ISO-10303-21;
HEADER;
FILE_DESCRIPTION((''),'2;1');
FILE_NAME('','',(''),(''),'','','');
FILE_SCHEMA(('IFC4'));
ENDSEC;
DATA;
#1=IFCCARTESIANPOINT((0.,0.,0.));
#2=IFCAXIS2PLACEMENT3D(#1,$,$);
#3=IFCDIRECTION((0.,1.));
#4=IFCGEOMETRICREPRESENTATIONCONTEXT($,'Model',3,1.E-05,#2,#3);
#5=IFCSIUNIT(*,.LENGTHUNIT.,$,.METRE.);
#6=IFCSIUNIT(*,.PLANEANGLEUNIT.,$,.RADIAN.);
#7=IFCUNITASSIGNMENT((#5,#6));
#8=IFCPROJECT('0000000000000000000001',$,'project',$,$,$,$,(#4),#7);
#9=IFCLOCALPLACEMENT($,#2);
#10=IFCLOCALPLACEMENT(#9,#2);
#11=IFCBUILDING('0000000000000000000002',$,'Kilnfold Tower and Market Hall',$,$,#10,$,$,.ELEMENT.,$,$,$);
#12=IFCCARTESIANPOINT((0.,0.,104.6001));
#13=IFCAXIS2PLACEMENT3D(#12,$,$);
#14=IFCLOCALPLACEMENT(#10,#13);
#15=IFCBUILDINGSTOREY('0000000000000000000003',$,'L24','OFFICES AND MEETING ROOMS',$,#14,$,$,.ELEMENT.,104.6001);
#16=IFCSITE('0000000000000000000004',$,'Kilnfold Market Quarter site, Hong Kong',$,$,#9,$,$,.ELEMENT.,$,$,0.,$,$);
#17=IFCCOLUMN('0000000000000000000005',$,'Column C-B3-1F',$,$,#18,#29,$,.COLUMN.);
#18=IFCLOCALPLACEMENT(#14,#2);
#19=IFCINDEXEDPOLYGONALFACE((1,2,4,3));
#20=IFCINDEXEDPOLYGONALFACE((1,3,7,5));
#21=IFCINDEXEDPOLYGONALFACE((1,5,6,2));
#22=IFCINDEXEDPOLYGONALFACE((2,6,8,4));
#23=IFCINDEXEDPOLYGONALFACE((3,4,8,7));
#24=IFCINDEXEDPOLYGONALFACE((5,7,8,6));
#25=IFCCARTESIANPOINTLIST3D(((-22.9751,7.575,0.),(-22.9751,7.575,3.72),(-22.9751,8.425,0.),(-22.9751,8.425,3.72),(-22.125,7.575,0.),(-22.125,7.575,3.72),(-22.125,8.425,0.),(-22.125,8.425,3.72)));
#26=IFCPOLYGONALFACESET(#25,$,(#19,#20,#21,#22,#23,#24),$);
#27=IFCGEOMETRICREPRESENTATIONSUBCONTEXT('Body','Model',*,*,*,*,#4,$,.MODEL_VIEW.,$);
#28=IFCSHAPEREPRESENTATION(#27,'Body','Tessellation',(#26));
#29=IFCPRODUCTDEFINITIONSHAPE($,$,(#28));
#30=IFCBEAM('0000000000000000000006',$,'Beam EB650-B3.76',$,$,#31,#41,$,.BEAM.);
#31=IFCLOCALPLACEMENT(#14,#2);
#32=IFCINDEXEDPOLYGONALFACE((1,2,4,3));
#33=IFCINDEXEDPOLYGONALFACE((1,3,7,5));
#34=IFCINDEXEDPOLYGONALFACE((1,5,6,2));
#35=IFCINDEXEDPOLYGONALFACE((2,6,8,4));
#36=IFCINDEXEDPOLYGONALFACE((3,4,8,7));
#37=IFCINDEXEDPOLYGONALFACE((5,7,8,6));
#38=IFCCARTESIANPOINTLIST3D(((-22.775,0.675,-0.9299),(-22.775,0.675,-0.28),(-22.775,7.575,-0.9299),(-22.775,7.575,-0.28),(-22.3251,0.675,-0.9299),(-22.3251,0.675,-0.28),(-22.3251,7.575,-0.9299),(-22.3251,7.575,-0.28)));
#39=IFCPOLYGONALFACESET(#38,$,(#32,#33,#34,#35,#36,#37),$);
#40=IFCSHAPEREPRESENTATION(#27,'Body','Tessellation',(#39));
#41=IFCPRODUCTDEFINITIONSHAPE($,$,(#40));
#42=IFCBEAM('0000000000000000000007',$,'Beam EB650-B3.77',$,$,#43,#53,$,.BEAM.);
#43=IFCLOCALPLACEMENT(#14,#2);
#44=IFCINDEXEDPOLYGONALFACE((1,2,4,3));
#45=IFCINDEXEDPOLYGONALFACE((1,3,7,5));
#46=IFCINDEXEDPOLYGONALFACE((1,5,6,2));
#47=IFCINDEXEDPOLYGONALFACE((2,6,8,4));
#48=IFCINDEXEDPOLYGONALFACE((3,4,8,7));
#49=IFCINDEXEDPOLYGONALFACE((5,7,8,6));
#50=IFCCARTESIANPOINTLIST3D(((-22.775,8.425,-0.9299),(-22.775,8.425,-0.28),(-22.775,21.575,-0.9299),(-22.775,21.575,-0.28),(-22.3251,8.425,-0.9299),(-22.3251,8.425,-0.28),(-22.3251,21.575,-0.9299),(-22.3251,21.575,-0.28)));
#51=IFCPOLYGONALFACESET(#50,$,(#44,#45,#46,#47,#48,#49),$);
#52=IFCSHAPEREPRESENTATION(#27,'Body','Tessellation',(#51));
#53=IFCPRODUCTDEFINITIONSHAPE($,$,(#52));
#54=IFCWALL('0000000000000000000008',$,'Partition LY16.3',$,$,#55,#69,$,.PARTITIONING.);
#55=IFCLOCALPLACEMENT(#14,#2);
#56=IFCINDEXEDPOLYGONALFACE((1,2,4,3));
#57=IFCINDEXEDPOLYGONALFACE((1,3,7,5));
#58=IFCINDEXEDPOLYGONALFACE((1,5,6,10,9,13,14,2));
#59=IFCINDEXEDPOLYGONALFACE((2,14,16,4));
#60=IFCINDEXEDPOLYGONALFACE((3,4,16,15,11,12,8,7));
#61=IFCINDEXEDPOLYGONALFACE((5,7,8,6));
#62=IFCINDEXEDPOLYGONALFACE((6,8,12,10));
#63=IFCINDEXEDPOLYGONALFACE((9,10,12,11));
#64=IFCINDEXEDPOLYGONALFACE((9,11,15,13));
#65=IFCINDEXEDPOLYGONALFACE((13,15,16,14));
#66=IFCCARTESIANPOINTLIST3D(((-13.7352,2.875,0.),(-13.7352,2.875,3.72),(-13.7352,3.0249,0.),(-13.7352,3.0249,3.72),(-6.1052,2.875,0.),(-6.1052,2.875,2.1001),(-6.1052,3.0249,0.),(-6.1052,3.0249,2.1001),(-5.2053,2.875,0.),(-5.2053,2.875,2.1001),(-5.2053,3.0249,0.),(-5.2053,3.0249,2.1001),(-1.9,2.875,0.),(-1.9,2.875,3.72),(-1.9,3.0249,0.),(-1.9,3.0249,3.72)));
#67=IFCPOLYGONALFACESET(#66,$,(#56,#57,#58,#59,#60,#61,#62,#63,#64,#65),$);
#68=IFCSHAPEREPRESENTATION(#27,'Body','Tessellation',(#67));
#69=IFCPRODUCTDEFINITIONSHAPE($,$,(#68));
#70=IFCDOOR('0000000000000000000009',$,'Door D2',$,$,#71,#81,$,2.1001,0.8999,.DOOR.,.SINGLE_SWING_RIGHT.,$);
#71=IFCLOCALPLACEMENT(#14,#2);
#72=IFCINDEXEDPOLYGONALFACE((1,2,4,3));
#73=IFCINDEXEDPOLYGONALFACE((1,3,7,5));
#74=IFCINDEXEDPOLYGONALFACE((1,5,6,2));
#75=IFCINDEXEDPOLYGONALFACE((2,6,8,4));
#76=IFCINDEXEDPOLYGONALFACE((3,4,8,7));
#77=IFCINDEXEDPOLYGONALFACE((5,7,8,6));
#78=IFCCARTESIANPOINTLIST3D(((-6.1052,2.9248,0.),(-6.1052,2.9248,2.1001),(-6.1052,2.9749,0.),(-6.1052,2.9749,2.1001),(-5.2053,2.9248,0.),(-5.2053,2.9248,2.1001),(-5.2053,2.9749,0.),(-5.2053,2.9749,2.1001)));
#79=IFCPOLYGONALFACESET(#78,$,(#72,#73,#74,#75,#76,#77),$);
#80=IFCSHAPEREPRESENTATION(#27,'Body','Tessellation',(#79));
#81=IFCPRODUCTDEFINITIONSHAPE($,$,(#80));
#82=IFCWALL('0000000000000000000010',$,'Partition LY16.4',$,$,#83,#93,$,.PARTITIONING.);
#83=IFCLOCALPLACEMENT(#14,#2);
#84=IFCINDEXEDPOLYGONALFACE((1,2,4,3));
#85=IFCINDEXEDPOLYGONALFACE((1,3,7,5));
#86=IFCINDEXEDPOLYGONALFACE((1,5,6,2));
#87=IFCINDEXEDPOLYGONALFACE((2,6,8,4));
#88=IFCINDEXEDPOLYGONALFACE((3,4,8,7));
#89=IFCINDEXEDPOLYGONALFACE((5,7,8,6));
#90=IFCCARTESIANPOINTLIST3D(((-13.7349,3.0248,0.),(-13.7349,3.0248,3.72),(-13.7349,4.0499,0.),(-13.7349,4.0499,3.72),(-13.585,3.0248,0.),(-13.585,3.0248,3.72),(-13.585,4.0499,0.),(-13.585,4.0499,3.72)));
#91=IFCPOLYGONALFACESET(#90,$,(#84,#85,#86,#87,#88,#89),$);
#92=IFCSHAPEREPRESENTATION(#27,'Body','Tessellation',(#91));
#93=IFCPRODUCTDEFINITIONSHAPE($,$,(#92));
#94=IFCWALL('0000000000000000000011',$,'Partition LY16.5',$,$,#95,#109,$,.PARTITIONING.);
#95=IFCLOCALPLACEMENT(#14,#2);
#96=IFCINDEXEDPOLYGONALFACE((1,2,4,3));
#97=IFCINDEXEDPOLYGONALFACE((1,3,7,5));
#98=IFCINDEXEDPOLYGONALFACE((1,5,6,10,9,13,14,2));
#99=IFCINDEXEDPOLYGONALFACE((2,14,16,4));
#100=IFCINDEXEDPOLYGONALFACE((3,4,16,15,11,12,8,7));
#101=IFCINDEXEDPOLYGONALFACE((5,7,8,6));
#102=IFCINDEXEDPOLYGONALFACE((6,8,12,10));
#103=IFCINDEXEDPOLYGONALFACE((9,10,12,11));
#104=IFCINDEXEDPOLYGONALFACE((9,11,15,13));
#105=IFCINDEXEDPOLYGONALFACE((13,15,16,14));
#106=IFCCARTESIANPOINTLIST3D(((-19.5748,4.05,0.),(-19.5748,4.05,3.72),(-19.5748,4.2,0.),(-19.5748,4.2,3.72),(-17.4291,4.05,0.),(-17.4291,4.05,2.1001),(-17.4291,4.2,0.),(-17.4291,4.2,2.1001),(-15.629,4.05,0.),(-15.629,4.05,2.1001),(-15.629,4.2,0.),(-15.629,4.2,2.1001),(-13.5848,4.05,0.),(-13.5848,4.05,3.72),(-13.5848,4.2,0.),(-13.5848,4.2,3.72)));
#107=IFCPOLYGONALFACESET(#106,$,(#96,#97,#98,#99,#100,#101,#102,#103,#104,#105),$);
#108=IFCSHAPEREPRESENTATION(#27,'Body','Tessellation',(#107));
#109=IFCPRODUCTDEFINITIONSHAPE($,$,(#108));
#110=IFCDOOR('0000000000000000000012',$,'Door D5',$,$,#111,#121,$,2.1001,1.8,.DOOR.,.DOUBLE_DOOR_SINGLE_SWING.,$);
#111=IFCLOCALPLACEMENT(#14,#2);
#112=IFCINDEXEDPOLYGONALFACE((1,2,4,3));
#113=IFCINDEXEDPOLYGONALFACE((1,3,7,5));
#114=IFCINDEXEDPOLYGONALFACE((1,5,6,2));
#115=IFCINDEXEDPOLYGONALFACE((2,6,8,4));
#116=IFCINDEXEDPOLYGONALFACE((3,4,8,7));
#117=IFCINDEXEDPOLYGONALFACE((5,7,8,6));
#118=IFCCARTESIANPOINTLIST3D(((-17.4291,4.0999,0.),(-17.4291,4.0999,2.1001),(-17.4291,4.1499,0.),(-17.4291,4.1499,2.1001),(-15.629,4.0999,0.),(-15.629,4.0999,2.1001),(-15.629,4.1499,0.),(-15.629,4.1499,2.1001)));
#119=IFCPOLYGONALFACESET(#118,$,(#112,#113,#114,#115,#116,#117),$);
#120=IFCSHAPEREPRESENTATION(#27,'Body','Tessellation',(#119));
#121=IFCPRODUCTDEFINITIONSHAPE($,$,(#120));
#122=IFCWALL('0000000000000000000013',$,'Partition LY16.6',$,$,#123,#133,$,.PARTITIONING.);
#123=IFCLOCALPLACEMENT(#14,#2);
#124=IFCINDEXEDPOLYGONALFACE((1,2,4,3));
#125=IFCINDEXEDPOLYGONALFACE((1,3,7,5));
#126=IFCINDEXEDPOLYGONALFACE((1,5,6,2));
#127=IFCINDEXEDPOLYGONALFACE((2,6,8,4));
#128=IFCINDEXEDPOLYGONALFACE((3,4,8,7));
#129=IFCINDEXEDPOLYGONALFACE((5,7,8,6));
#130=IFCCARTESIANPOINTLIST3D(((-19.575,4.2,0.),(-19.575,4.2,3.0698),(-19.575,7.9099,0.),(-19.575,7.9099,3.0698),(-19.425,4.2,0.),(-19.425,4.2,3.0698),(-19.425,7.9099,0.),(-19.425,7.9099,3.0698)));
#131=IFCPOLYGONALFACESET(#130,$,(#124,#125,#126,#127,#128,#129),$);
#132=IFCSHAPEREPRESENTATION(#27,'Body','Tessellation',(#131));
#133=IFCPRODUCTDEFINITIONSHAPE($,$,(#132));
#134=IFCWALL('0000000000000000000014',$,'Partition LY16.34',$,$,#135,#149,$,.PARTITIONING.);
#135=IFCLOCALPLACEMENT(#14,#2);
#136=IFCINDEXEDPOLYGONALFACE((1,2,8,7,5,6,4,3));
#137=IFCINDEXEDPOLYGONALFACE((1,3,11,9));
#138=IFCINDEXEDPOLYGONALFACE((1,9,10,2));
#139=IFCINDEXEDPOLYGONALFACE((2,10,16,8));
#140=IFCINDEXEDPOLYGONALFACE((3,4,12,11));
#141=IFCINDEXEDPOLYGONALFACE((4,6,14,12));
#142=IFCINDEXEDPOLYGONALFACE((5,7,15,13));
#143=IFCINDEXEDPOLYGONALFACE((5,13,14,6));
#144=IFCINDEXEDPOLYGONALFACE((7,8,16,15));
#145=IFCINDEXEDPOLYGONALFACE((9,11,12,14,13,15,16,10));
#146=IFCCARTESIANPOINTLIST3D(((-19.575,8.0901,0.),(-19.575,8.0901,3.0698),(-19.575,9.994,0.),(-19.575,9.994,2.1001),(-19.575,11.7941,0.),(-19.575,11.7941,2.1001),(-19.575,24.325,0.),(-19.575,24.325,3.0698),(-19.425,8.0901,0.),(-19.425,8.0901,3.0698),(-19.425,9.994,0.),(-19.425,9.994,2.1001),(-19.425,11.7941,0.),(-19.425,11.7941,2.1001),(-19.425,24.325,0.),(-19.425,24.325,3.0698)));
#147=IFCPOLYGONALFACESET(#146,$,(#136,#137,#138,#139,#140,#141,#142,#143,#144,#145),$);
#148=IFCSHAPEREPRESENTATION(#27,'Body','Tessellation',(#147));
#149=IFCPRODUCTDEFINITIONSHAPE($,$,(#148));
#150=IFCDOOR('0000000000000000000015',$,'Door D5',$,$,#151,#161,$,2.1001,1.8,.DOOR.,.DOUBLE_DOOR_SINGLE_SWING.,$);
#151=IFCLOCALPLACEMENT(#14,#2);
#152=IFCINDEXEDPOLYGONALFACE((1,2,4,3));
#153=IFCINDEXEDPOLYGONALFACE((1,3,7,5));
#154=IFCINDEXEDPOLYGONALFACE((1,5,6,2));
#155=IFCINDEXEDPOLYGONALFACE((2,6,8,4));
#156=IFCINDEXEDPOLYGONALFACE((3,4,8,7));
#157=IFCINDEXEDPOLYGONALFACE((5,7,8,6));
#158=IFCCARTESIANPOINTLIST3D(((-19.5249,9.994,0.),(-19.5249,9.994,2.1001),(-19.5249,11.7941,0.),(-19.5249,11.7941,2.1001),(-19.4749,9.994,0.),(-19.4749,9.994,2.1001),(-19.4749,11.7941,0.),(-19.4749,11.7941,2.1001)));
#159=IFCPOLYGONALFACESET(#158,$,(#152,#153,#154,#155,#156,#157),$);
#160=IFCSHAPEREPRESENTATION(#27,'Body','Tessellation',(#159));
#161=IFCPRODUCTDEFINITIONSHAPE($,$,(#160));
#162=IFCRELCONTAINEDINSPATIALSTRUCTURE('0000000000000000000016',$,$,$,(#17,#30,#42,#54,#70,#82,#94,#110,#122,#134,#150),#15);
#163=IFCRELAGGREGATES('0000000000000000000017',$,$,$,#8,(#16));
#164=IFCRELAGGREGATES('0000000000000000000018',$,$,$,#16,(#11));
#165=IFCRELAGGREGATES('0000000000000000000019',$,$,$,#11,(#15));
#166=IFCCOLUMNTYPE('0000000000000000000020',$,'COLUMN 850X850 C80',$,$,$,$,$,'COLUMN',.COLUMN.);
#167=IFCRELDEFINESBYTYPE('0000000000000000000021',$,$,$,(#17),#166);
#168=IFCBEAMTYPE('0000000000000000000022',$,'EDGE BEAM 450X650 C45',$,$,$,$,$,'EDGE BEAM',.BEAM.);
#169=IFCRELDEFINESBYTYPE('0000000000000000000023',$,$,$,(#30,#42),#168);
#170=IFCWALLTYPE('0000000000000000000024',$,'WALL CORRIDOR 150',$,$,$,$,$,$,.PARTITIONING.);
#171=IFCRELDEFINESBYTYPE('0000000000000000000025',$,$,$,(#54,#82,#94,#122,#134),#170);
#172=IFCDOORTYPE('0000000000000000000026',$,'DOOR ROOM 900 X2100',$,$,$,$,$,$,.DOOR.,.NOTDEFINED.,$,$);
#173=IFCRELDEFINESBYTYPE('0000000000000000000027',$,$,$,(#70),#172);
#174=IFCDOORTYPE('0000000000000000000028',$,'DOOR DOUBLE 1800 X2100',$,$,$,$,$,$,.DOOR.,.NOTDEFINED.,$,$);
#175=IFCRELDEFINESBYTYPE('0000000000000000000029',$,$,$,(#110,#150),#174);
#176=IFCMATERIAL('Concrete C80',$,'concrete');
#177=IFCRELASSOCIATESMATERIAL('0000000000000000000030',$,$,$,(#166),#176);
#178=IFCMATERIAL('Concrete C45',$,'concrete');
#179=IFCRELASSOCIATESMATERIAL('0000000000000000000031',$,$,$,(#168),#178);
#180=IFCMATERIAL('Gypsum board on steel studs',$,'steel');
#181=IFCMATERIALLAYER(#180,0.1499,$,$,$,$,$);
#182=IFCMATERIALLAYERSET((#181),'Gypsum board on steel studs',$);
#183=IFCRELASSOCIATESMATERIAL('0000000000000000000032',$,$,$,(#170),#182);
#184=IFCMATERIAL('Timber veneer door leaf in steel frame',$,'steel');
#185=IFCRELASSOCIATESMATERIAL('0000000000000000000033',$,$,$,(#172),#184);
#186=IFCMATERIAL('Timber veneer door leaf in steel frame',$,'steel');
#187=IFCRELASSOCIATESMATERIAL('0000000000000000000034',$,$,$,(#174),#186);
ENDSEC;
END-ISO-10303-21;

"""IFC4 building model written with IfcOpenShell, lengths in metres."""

from ifc_helpers import new_model, si_unit, direction, frame, frame_2d, origin, origin_2d, place, context, subcontext, project, spatial, rectangle, extrude, source, transform, mapped, material, layer, layer_set, material_profile, profile_set, type_object, element, fill, save


model = new_model("IFC4")

# Units and contexts
model_context = context("Model", 3, precision=1e-05, world=origin(), true_north=direction((0.0, 1.0)))
body_context = subcontext(model_context, "Body", "Model", "MODEL_VIEW")
ifc_project = project(units=[si_unit("LENGTHUNIT", "METRE"), si_unit("PLANEANGLEUNIT", "RADIAN")], contexts=[model_context])

# Site, building, storey
site_placement = place(None, origin())
site = spatial("IfcSite", under=ifc_project, at=site_placement, Name="Kilnfold Market Quarter site, Hong Kong", CompositionType="ELEMENT", RefElevation=0.0)
building_placement = place(site_placement, origin())
building = spatial("IfcBuilding", under=site, at=building_placement, Name="Kilnfold Tower and Market Hall", CompositionType="ELEMENT")
storey_placement = place(building_placement, frame((0.0, 0.0, 104.6001)))
storey = spatial("IfcBuildingStorey", under=building, at=storey_placement, Name="L24", Description="OFFICES AND MEETING ROOMS", CompositionType="ELEMENT", Elevation=104.6001)

# Column
ifc_material_1 = material(Name="Concrete C80", Category="concrete")
ifc_material_profile_1 = material_profile(ifc_material_1, rectangle(XDim=0.8501, YDim=0.8501, at=origin_2d()), Name="RC 850x850")
ifc_profile_set_1 = profile_set([ifc_material_profile_1], Name="Concrete C80")
column_type = type_object("IfcColumnType", Name="COLUMN 850X850 C80", ElementType="COLUMN", PredefinedType="COLUMN", material=ifc_profile_set_1)
shared_shape_1 = source(origin(), body_context, "Body", "SweptSolid", [
    extrude(rectangle(XDim=0.8501, YDim=0.8501, at=origin_2d()), origin(), (0.0, 0.0, 1.0), 3.72),
])
column_placement = place(storey_placement, frame((-22.55, 8.0, 0.0), z_axis=(0.0, 0.0, 1.0), x_axis=(1.0, 0.0, 0.0)))
element("IfcColumn", 1, at=column_placement, inside=storey, type_object=column_type, Name="Column C-B3-1F", PredefinedType="COLUMN", context=body_context, shape_type="MappedRepresentation", body=[
    mapped(shared_shape_1, transform((0.0, 0.0, 0.0))),
])

# Beams
ifc_material_2 = material(Name="Concrete C45", Category="concrete")
ifc_material_profile_2 = material_profile(ifc_material_2, rectangle(XDim=0.45, YDim=0.6499, at=origin_2d()), Name="RC 450x650")
ifc_profile_set_2 = profile_set([ifc_material_profile_2], Name="Concrete C45")
beam_type = type_object("IfcBeamType", Name="EDGE BEAM 450X650 C45", ElementType="EDGE BEAM", PredefinedType="BEAM", material=ifc_profile_set_2)
shared_shape_2 = source(origin(), body_context, "Body", "SweptSolid", [
    extrude(rectangle(XDim=0.45, YDim=0.6499, at=origin_2d()), origin(), (0.0, 0.0, 1.0), 6.8999),
])
beam_1_placement = place(storey_placement, frame((-22.55, 0.675, -0.605), z_axis=(0.0, 1.0, 0.0), x_axis=(-1.0, 0.0, 0.0)))
element("IfcBeam", 2, at=beam_1_placement, inside=storey, type_object=beam_type, Name="Beam EB650-B3.76", PredefinedType="BEAM", context=body_context, shape_type="MappedRepresentation", body=[
    mapped(shared_shape_2, transform((0.0, 0.0, 0.0))),
])
shared_shape_3 = source(origin(), body_context, "Body", "SweptSolid", [
    extrude(rectangle(XDim=0.45, YDim=0.6499, at=origin_2d()), origin(), (0.0, 0.0, 1.0), 13.1499),
])
beam_2_placement = place(storey_placement, frame((-22.55, 8.425, -0.605), z_axis=(0.0, 1.0, 0.0), x_axis=(-1.0, 0.0, 0.0)))
element("IfcBeam", 3, at=beam_2_placement, inside=storey, type_object=beam_type, Name="Beam EB650-B3.77", PredefinedType="BEAM", context=body_context, shape_type="MappedRepresentation", body=[
    mapped(shared_shape_3, transform((0.0, 0.0, 0.0))),
])

# Wall, opening, door
ifc_material_3 = material(Name="Gypsum board on steel studs", Category="steel")
ifc_layer_1 = layer(ifc_material_3, 0.1499)
ifc_layer_set_1 = layer_set([ifc_layer_1], Name="Gypsum board on steel studs")
wall_type_1 = type_object("IfcWallType", Name="WALL CORRIDOR 150", PredefinedType="PARTITIONING", material=ifc_layer_set_1)
wall_1_placement = place(storey_placement, frame((-13.7351, 2.95, 0.0), z_axis=(0.0, 0.0, 1.0), x_axis=(1.0, 0.0, 0.0)))
wall_1 = element("IfcWall", 4, at=wall_1_placement, inside=storey, type_object=wall_type_1, Name="Partition LY16.3", PredefinedType="PARTITIONING", context=body_context, shape_type="SweptSolid", body=[
    extrude(rectangle(XDim=11.8352, YDim=0.1499, at=frame_2d((5.9175, 0.0))), origin(), (0.0, 0.0, 1.0), 3.72),
])
opening_1_placement = place(wall_1_placement, frame((7.6299, 0.0, 0.0)))
opening_1 = element("IfcOpeningElement", 5, at=opening_1_placement, cuts=wall_1, PredefinedType="OPENING", context=body_context, shape_type="SweptSolid", body=[
    extrude(rectangle(XDim=0.8999, YDim=2.1001, at=frame_2d((0.45, 1.05))), frame((0.0, 0.085, 0.0), z_axis=(0.0, -1.0, 0.0), x_axis=(1.0, 0.0, 0.0)), (0.0, 0.0, 1.0), 0.1699),
])
ifc_material_4 = material(Name="Timber veneer door leaf in steel frame", Category="steel")
door_type_1 = type_object("IfcDoorType", Name="DOOR ROOM 900 X2100", OperationType="NOTDEFINED", PredefinedType="DOOR", material=ifc_material_4)
door_1_placement = place(opening_1_placement, origin())
door_1 = element("IfcDoor", 6, at=door_1_placement, inside=storey, type_object=door_type_1, Name="Door D2", OperationType="SINGLE_SWING_RIGHT", OverallHeight=2.1001, OverallWidth=0.8999, PredefinedType="DOOR", context=body_context, shape_type="SweptSolid", body=[
    extrude(rectangle(XDim=0.8999, YDim=2.1001, at=frame_2d((0.45, 1.05))), frame((0.0, 0.0249, 0.0), z_axis=(0.0, -1.0, 0.0), x_axis=(1.0, 0.0, 0.0)), (0.0, 0.0, 1.0), 0.05),
])
fill(opening_1, door_1)

# Wall
wall_2_placement = place(storey_placement, frame((-13.6599, 4.05, 0.0), z_axis=(0.0, 0.0, 1.0), x_axis=(0.0, -1.0, 0.0)))
element("IfcWall", 7, at=wall_2_placement, inside=storey, type_object=wall_type_1, Name="Partition LY16.4", PredefinedType="PARTITIONING", context=body_context, shape_type="SweptSolid", body=[
    extrude(rectangle(XDim=1.0251, YDim=0.1499, at=frame_2d((0.5127, 0.0))), origin(), (0.0, 0.0, 1.0), 3.72),
])

# Wall, opening, door
wall_3_placement = place(storey_placement, frame((-19.575, 4.125, 0.0), z_axis=(0.0, 0.0, 1.0), x_axis=(1.0, 0.0, 0.0)))
wall_3 = element("IfcWall", 8, at=wall_3_placement, inside=storey, type_object=wall_type_1, Name="Partition LY16.5", PredefinedType="PARTITIONING", context=body_context, shape_type="SweptSolid", body=[
    extrude(rectangle(XDim=5.99, YDim=0.1499, at=frame_2d((2.9951, 0.0))), origin(), (0.0, 0.0, 1.0), 3.72),
])
opening_2_placement = place(wall_3_placement, frame((2.146, 0.0, 0.0)))
opening_2 = element("IfcOpeningElement", 9, at=opening_2_placement, cuts=wall_3, PredefinedType="OPENING", context=body_context, shape_type="SweptSolid", body=[
    extrude(rectangle(XDim=1.8, YDim=2.1001, at=frame_2d((0.8999, 1.05))), frame((0.0, 0.085, 0.0), z_axis=(0.0, -1.0, 0.0), x_axis=(1.0, 0.0, 0.0)), (0.0, 0.0, 1.0), 0.1699),
])
ifc_material_5 = material(Name="Timber veneer door leaf in steel frame", Category="steel")
door_type_2 = type_object("IfcDoorType", Name="DOOR DOUBLE 1800 X2100", OperationType="NOTDEFINED", PredefinedType="DOOR", material=ifc_material_5)
door_2_placement = place(opening_2_placement, origin())
door_2 = element("IfcDoor", 10, at=door_2_placement, inside=storey, type_object=door_type_2, Name="Door D5", OperationType="DOUBLE_DOOR_SINGLE_SWING", OverallHeight=2.1001, OverallWidth=1.8, PredefinedType="DOOR", context=body_context, shape_type="SweptSolid", body=[
    extrude(rectangle(XDim=1.8, YDim=2.1001, at=frame_2d((0.8999, 1.05))), frame((0.0, 0.0249, 0.0), z_axis=(0.0, -1.0, 0.0), x_axis=(1.0, 0.0, 0.0)), (0.0, 0.0, 1.0), 0.05),
])
fill(opening_2, door_2)

# Wall
wall_4_placement = place(storey_placement, frame((-19.5, 4.2, 0.0), z_axis=(0.0, 0.0, 1.0), x_axis=(0.0, 1.0, 0.0)))
element("IfcWall", 11, at=wall_4_placement, inside=storey, type_object=wall_type_1, Name="Partition LY16.6", PredefinedType="PARTITIONING", context=body_context, shape_type="SweptSolid", body=[
    extrude(rectangle(XDim=3.71, YDim=0.1499, at=frame_2d((1.855, 0.0))), origin(), (0.0, 0.0, 1.0), 3.0698),
])

# Wall, opening, door
wall_5_placement = place(storey_placement, frame((-19.5, 8.0901, 0.0), z_axis=(0.0, 0.0, 1.0), x_axis=(0.0, 1.0, 0.0)))
wall_5 = element("IfcWall", 12, at=wall_5_placement, inside=storey, type_object=wall_type_1, Name="Partition LY16.34", PredefinedType="PARTITIONING", context=body_context, shape_type="SweptSolid", body=[
    extrude(rectangle(XDim=16.2349, YDim=0.1499, at=frame_2d((8.1174, 0.0))), origin(), (0.0, 0.0, 1.0), 3.0698),
])
opening_3_placement = place(wall_5_placement, frame((1.9041, 0.0, 0.0)))
opening_3 = element("IfcOpeningElement", 13, at=opening_3_placement, cuts=wall_5, PredefinedType="OPENING", context=body_context, shape_type="SweptSolid", body=[
    extrude(rectangle(XDim=1.8, YDim=2.1001, at=frame_2d((0.8999, 1.05))), frame((0.0, 0.085, 0.0), z_axis=(0.0, -1.0, 0.0), x_axis=(1.0, 0.0, 0.0)), (0.0, 0.0, 1.0), 0.1699),
])
door_3_placement = place(opening_3_placement, origin())
door_3 = element("IfcDoor", 14, at=door_3_placement, inside=storey, type_object=door_type_2, Name="Door D5", OperationType="DOUBLE_DOOR_SINGLE_SWING", OverallHeight=2.1001, OverallWidth=1.8, PredefinedType="DOOR", context=body_context, shape_type="SweptSolid", body=[
    extrude(rectangle(XDim=1.8, YDim=2.1001, at=frame_2d((0.8999, 1.05))), frame((0.0, 0.0249, 0.0), z_axis=(0.0, -1.0, 0.0), x_axis=(1.0, 0.0, 0.0)), (0.0, 0.0, 1.0), 0.05),
])
fill(opening_3, door_3)

save(model, "model.ifc")
